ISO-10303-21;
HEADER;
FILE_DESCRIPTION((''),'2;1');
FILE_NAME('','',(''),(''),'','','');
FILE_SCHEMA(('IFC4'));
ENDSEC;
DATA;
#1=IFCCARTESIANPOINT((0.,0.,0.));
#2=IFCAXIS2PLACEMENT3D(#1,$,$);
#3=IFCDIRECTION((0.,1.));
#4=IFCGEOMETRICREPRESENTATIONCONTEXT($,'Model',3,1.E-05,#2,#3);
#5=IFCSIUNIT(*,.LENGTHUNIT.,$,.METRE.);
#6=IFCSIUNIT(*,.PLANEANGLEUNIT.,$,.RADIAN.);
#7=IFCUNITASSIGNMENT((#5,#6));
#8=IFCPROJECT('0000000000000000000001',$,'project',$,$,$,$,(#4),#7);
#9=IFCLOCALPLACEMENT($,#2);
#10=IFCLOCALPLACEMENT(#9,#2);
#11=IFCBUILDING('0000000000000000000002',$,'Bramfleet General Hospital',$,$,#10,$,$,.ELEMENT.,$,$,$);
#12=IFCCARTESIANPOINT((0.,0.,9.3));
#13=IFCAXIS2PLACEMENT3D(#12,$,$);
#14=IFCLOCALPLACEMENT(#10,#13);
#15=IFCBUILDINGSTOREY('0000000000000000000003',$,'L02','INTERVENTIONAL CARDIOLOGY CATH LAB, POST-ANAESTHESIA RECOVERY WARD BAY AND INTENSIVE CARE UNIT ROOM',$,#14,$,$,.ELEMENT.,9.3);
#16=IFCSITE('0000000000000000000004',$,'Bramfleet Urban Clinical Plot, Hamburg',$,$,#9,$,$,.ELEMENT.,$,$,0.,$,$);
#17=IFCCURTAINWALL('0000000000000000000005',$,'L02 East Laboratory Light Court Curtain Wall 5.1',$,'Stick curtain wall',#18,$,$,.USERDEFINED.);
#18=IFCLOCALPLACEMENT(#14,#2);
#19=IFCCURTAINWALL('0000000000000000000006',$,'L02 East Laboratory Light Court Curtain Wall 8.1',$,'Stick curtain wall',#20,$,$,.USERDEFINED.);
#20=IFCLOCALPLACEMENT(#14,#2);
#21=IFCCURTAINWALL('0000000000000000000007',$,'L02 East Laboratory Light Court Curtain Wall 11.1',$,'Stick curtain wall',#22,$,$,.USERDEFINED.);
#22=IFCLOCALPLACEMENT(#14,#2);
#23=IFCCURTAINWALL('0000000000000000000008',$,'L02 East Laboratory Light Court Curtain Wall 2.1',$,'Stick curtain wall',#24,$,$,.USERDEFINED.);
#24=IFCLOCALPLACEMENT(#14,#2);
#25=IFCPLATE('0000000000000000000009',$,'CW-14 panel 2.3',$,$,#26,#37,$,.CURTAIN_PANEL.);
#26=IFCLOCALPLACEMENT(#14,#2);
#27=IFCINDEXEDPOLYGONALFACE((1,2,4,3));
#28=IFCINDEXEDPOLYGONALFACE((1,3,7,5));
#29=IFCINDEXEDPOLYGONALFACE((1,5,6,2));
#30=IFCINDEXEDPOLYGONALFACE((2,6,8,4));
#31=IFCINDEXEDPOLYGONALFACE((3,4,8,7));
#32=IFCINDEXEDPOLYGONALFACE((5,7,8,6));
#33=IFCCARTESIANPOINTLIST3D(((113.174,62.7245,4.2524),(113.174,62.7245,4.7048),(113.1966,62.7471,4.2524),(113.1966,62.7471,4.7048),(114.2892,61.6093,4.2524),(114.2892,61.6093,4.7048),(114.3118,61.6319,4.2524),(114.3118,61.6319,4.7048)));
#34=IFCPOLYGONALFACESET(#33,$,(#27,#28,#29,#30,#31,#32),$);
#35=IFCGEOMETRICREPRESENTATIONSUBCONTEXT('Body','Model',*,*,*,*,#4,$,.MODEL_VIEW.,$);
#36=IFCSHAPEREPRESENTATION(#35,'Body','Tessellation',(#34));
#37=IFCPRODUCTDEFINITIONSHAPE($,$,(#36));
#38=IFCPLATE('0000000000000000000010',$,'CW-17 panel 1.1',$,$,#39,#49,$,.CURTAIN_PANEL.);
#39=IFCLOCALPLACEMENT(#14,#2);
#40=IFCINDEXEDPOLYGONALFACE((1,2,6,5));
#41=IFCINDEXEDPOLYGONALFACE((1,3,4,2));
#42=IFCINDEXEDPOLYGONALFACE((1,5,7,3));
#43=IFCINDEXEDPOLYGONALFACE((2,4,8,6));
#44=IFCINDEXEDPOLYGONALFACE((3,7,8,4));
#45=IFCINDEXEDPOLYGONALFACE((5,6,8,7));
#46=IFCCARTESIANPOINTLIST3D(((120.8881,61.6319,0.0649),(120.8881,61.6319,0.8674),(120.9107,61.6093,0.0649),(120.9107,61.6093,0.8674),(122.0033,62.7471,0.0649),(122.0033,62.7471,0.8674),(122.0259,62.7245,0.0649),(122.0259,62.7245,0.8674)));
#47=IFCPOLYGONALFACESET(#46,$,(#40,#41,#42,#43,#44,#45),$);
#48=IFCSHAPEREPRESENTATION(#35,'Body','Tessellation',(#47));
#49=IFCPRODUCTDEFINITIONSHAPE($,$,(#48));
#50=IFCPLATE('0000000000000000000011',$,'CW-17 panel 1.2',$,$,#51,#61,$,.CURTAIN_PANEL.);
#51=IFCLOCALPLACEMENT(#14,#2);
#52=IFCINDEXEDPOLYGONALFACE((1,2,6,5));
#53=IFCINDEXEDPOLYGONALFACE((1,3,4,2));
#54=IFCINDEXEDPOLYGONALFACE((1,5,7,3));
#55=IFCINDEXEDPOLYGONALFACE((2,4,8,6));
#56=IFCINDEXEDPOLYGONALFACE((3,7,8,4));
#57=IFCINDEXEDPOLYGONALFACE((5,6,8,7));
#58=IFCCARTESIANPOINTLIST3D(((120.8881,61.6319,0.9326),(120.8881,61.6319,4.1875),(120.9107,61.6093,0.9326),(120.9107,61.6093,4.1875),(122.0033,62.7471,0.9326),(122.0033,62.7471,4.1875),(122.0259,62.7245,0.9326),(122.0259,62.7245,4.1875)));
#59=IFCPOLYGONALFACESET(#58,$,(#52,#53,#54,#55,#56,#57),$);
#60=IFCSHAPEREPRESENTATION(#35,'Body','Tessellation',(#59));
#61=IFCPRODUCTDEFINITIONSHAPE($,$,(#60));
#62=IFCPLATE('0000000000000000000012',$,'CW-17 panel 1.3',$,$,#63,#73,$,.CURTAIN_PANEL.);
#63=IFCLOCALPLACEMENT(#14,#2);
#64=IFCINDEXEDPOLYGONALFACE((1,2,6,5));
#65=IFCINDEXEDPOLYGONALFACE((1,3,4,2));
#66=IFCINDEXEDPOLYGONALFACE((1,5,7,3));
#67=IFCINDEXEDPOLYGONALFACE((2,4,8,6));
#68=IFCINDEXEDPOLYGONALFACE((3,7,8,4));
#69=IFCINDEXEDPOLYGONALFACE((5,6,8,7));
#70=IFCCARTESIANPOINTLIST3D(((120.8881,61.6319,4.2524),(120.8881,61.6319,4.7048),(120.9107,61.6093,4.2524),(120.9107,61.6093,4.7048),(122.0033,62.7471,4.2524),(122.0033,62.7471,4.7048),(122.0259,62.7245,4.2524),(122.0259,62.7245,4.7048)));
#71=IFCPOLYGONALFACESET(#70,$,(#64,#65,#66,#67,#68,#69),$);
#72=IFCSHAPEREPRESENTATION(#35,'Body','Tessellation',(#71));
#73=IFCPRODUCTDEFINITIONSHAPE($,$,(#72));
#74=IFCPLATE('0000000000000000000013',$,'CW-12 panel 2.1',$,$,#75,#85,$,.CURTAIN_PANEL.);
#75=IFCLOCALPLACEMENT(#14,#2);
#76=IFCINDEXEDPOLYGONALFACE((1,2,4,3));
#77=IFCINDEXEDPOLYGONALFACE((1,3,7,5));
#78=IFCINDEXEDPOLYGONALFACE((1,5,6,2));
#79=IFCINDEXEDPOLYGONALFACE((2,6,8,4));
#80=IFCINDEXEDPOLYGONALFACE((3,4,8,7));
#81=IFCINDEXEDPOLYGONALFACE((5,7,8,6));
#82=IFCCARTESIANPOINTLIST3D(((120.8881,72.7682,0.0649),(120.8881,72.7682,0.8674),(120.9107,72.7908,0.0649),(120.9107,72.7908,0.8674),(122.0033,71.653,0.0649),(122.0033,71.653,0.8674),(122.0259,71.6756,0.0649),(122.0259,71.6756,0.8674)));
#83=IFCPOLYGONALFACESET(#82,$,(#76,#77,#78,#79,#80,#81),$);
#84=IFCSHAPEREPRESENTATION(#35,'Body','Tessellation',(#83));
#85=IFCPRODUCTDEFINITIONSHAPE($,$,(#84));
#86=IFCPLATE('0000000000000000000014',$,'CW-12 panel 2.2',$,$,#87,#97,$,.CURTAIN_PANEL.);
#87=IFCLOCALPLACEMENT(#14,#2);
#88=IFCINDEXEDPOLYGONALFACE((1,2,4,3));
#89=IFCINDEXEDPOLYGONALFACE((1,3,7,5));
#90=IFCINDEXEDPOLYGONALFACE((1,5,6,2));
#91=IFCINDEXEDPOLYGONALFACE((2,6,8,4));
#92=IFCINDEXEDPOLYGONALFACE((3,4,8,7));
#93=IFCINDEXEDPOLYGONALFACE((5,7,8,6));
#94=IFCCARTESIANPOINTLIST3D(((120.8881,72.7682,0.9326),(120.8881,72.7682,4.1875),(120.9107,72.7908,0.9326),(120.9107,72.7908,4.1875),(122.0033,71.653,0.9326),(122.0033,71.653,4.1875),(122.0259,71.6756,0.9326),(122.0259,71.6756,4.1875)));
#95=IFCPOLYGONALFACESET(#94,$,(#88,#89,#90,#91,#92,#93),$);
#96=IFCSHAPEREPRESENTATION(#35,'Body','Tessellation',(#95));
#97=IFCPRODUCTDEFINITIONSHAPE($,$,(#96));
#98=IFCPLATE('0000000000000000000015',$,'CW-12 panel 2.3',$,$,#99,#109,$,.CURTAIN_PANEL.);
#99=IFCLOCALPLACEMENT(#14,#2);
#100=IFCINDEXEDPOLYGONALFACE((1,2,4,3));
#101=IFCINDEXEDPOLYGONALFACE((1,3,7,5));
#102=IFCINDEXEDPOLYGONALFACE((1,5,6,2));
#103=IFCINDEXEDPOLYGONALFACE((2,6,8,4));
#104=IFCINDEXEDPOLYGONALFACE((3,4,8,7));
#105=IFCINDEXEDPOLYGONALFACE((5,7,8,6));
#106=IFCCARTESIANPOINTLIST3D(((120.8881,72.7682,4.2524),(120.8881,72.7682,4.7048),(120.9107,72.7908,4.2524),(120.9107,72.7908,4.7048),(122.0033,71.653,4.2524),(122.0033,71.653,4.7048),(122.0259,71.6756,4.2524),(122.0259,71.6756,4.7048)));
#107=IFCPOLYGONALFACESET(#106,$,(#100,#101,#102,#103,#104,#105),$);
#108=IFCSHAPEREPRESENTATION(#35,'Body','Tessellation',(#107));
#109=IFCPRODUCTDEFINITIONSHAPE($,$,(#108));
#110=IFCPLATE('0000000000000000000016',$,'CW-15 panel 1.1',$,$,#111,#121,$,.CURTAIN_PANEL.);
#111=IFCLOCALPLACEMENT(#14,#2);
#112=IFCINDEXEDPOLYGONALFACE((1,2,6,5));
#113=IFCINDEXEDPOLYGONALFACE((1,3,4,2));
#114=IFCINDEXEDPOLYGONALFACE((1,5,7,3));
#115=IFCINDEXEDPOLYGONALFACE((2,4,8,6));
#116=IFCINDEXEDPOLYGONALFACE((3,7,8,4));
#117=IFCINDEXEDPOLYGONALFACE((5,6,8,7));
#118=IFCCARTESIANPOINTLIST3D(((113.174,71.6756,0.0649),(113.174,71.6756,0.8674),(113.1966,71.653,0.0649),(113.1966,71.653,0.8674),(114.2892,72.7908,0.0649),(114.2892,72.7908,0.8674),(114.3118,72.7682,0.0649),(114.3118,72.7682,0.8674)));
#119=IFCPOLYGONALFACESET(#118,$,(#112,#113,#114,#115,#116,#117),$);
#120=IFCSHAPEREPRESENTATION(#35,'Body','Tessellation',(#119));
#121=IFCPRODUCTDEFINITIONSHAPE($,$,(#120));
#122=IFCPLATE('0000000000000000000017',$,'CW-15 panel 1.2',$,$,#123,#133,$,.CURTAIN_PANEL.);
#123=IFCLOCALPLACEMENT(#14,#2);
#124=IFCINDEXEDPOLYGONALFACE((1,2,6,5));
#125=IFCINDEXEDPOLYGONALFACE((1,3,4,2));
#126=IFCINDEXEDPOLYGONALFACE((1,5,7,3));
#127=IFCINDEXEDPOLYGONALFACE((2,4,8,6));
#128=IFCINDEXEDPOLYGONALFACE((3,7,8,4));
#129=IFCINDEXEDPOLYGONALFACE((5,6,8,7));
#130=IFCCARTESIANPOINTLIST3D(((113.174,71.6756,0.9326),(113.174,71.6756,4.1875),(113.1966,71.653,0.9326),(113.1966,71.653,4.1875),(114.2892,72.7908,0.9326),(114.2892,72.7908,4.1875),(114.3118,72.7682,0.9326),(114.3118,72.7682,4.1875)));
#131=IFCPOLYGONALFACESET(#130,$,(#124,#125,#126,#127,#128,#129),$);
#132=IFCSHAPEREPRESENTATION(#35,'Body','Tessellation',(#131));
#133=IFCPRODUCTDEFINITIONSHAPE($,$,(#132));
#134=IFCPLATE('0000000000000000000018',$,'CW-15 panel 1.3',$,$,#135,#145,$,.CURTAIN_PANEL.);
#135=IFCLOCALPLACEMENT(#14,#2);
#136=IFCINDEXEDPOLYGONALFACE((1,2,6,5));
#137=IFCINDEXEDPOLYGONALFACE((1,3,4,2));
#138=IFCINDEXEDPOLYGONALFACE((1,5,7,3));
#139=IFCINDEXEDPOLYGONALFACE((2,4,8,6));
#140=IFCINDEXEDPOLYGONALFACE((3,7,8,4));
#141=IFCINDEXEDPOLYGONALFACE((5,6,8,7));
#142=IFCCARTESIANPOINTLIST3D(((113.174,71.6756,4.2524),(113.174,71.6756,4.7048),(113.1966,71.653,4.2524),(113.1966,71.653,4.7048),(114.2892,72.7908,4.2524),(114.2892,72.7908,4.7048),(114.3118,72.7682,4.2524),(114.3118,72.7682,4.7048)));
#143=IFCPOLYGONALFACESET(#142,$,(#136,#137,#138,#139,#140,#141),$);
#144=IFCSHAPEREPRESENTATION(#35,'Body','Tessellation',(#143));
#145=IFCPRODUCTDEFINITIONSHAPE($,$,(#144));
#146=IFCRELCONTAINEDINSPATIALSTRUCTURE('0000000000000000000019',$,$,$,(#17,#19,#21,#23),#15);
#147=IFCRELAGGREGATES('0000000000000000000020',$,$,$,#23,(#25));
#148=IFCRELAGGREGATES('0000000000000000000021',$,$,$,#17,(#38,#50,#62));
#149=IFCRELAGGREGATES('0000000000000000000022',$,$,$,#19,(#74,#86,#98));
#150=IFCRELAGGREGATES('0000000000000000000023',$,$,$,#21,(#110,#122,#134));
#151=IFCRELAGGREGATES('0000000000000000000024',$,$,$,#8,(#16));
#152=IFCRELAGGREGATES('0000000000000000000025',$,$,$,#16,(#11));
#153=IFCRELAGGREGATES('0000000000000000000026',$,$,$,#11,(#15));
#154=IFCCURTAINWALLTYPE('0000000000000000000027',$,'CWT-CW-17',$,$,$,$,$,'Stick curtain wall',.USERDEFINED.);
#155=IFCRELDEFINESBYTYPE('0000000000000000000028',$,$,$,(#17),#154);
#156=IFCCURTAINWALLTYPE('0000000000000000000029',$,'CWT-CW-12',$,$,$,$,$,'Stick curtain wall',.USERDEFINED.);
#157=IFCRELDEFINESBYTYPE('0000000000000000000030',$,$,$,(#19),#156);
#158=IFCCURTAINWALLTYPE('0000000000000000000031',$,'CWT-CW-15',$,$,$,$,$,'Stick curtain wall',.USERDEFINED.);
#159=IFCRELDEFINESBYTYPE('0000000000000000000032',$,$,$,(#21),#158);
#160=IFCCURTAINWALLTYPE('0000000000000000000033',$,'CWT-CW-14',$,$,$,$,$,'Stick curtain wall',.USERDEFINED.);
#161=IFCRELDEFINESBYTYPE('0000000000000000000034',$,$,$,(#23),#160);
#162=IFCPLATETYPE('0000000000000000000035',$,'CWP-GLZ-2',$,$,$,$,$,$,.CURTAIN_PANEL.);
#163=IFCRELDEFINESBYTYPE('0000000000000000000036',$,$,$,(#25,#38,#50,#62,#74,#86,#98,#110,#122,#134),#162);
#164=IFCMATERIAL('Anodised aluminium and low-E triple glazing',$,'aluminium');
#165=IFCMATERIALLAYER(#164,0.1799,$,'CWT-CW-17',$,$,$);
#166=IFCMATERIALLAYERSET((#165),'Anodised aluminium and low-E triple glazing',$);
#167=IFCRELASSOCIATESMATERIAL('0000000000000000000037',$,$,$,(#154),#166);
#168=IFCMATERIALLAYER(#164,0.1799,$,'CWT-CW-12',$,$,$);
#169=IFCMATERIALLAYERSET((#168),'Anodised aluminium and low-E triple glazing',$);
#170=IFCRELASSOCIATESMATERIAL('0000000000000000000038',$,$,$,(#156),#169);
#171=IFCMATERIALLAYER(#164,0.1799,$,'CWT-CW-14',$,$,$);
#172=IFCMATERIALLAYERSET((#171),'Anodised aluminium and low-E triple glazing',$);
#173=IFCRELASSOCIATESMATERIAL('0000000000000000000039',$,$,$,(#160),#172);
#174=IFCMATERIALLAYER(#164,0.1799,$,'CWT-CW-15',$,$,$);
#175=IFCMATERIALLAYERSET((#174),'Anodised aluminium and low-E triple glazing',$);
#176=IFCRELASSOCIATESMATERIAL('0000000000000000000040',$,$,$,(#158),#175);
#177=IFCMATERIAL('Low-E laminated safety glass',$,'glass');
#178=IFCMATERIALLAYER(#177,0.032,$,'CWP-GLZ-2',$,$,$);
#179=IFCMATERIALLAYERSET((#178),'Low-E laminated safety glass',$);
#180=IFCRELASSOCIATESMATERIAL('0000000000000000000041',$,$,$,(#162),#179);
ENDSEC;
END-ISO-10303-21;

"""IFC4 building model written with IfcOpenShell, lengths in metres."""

from ifc_helpers import new_model, si_unit, direction, frame, origin, origin_2d, place, context, subcontext, project, spatial, rectangle, extrude, material, layer, layer_set, type_object, element, aggregate, save


model = new_model("IFC4")

# Units and contexts
model_context = context("Model", 3, precision=1e-05, world=origin(), true_north=direction((0.0, 1.0)))
body_context = subcontext(model_context, "Body", "Model", "MODEL_VIEW")
ifc_project = project(units=[si_unit("LENGTHUNIT", "METRE"), si_unit("PLANEANGLEUNIT", "RADIAN")], contexts=[model_context])

# Site, building, storey
site_placement = place(None, origin())
site = spatial("IfcSite", under=ifc_project, at=site_placement, Name="Bramfleet Urban Clinical Plot, Hamburg", CompositionType="ELEMENT", RefElevation=0.0)
building_placement = place(site_placement, origin())
building = spatial("IfcBuilding", under=site, at=building_placement, Name="Bramfleet General Hospital", CompositionType="ELEMENT")
storey_placement = place(building_placement, frame((0.0, 0.0, 9.3)))
storey = spatial("IfcBuildingStorey", under=building, at=storey_placement, Name="L02", Description="INTERVENTIONAL CARDIOLOGY CATH LAB, POST-ANAESTHESIA RECOVERY WARD BAY AND INTENSIVE CARE UNIT ROOM", CompositionType="ELEMENT", Elevation=9.3)

# Curtain walls
ifc_material_1 = material(Name="Anodised aluminium and low-E triple glazing", Category="aluminium")
ifc_layer_1 = layer(ifc_material_1, 0.1799, Name="CWT-CW-17")
ifc_layer_set_1 = layer_set([ifc_layer_1], Name="Anodised aluminium and low-E triple glazing")
curtain_wall_type_1 = type_object("IfcCurtainWallType", Name="CWT-CW-17", ElementType="Stick curtain wall", PredefinedType="USERDEFINED", material=ifc_layer_set_1)
curtain_wall_1_placement = place(storey_placement, origin())
curtain_wall_1 = element("IfcCurtainWall", 1, at=curtain_wall_1_placement, inside=storey, type_object=curtain_wall_type_1, Name="L02 East Laboratory Light Court Curtain Wall 5.1", ObjectType="Stick curtain wall", PredefinedType="USERDEFINED")
ifc_layer_2 = layer(ifc_material_1, 0.1799, Name="CWT-CW-12")
ifc_layer_set_2 = layer_set([ifc_layer_2], Name="Anodised aluminium and low-E triple glazing")
curtain_wall_type_2 = type_object("IfcCurtainWallType", Name="CWT-CW-12", ElementType="Stick curtain wall", PredefinedType="USERDEFINED", material=ifc_layer_set_2)
curtain_wall_2_placement = place(storey_placement, origin())
curtain_wall_2 = element("IfcCurtainWall", 2, at=curtain_wall_2_placement, inside=storey, type_object=curtain_wall_type_2, Name="L02 East Laboratory Light Court Curtain Wall 8.1", ObjectType="Stick curtain wall", PredefinedType="USERDEFINED")
ifc_layer_3 = layer(ifc_material_1, 0.1799, Name="CWT-CW-14")
ifc_layer_set_3 = layer_set([ifc_layer_3], Name="Anodised aluminium and low-E triple glazing")
curtain_wall_type_3 = type_object("IfcCurtainWallType", Name="CWT-CW-14", ElementType="Stick curtain wall", PredefinedType="USERDEFINED", material=ifc_layer_set_3)
ifc_layer_4 = layer(ifc_material_1, 0.1799, Name="CWT-CW-15")
ifc_layer_set_4 = layer_set([ifc_layer_4], Name="Anodised aluminium and low-E triple glazing")
curtain_wall_type_4 = type_object("IfcCurtainWallType", Name="CWT-CW-15", ElementType="Stick curtain wall", PredefinedType="USERDEFINED", material=ifc_layer_set_4)
curtain_wall_3_placement = place(storey_placement, origin())
curtain_wall_3 = element("IfcCurtainWall", 3, at=curtain_wall_3_placement, inside=storey, type_object=curtain_wall_type_4, Name="L02 East Laboratory Light Court Curtain Wall 11.1", ObjectType="Stick curtain wall", PredefinedType="USERDEFINED")

# Curtain wall
curtain_wall_4_placement = place(storey_placement, origin())
curtain_wall_4 = element("IfcCurtainWall", 4, at=curtain_wall_4_placement, inside=storey, type_object=curtain_wall_type_3, Name="L02 East Laboratory Light Court Curtain Wall 2.1", ObjectType="Stick curtain wall", PredefinedType="USERDEFINED")

# Plates
ifc_material_2 = material(Name="Low-E laminated safety glass", Category="glass")
ifc_layer_5 = layer(ifc_material_2, 0.032, Name="CWP-GLZ-2")
ifc_layer_set_5 = layer_set([ifc_layer_5], Name="Low-E laminated safety glass")
plate_type = type_object("IfcPlateType", Name="CWP-GLZ-2", PredefinedType="CURTAIN_PANEL", material=ifc_layer_set_5)
plate_1_placement = place(storey_placement, frame((113.7429, 62.1782, 4.2524), z_axis=(0.0, 0.0, 1.0), x_axis=(0.707107, -0.707107, 0.0)))
plate_1 = element("IfcPlate", 5, at=plate_1_placement, type_object=plate_type, Name="CW-14 panel 2.3", PredefinedType="CURTAIN_PANEL", context=body_context, shape_type="SweptSolid", body=[
    extrude(rectangle(XDim=1.5771, YDim=0.032, at=origin_2d()), origin(), (0.0, 0.0, 1.0), 0.4524),
])
aggregate(curtain_wall_4, [plate_1])
plate_2_placement = place(storey_placement, frame((121.457, 62.1782, 0.0649), z_axis=(0.0, 0.0, 1.0), x_axis=(0.707107, 0.707107, 0.0)))
plate_2 = element("IfcPlate", 6, at=plate_2_placement, type_object=plate_type, Name="CW-17 panel 1.1", PredefinedType="CURTAIN_PANEL", context=body_context, shape_type="SweptSolid", body=[
    extrude(rectangle(XDim=1.5771, YDim=0.032, at=origin_2d()), origin(), (0.0, 0.0, 1.0), 0.8025),
])
plate_3_placement = place(storey_placement, frame((121.457, 62.1782, 0.9326), z_axis=(0.0, 0.0, 1.0), x_axis=(0.707107, 0.707107, 0.0)))
plate_3 = element("IfcPlate", 7, at=plate_3_placement, type_object=plate_type, Name="CW-17 panel 1.2", PredefinedType="CURTAIN_PANEL", context=body_context, shape_type="SweptSolid", body=[
    extrude(rectangle(XDim=1.5771, YDim=0.032, at=origin_2d()), origin(), (0.0, 0.0, 1.0), 3.2549),
])
plate_4_placement = place(storey_placement, frame((121.457, 62.1782, 4.2524), z_axis=(0.0, 0.0, 1.0), x_axis=(0.707107, 0.707107, 0.0)))
plate_4 = element("IfcPlate", 8, at=plate_4_placement, type_object=plate_type, Name="CW-17 panel 1.3", PredefinedType="CURTAIN_PANEL", context=body_context, shape_type="SweptSolid", body=[
    extrude(rectangle(XDim=1.5771, YDim=0.032, at=origin_2d()), origin(), (0.0, 0.0, 1.0), 0.4524),
])
aggregate(curtain_wall_1, [plate_2, plate_3, plate_4])
plate_5_placement = place(storey_placement, frame((121.457, 72.2219, 0.0649), z_axis=(0.0, 0.0, 1.0), x_axis=(-0.707107, 0.707107, 0.0)))
plate_5 = element("IfcPlate", 9, at=plate_5_placement, type_object=plate_type, Name="CW-12 panel 2.1", PredefinedType="CURTAIN_PANEL", context=body_context, shape_type="SweptSolid", body=[
    extrude(rectangle(XDim=1.5771, YDim=0.032, at=origin_2d()), origin(), (0.0, 0.0, 1.0), 0.8025),
])
plate_6_placement = place(storey_placement, frame((121.457, 72.2219, 0.9326), z_axis=(0.0, 0.0, 1.0), x_axis=(-0.707107, 0.707107, 0.0)))
plate_6 = element("IfcPlate", 10, at=plate_6_placement, type_object=plate_type, Name="CW-12 panel 2.2", PredefinedType="CURTAIN_PANEL", context=body_context, shape_type="SweptSolid", body=[
    extrude(rectangle(XDim=1.5771, YDim=0.032, at=origin_2d()), origin(), (0.0, 0.0, 1.0), 3.2549),
])
plate_7_placement = place(storey_placement, frame((121.457, 72.2219, 4.2524), z_axis=(0.0, 0.0, 1.0), x_axis=(-0.707107, 0.707107, 0.0)))
plate_7 = element("IfcPlate", 11, at=plate_7_placement, type_object=plate_type, Name="CW-12 panel 2.3", PredefinedType="CURTAIN_PANEL", context=body_context, shape_type="SweptSolid", body=[
    extrude(rectangle(XDim=1.5771, YDim=0.032, at=origin_2d()), origin(), (0.0, 0.0, 1.0), 0.4524),
])
aggregate(curtain_wall_2, [plate_5, plate_6, plate_7])
plate_8_placement = place(storey_placement, frame((113.7429, 72.2219, 0.0649), z_axis=(0.0, 0.0, 1.0), x_axis=(-0.707107, -0.707107, 0.0)))
plate_8 = element("IfcPlate", 12, at=plate_8_placement, type_object=plate_type, Name="CW-15 panel 1.1", PredefinedType="CURTAIN_PANEL", context=body_context, shape_type="SweptSolid", body=[
    extrude(rectangle(XDim=1.5771, YDim=0.032, at=origin_2d()), origin(), (0.0, 0.0, 1.0), 0.8025),
])
plate_9_placement = place(storey_placement, frame((113.7429, 72.2219, 0.9326), z_axis=(0.0, 0.0, 1.0), x_axis=(-0.707107, -0.707107, 0.0)))
plate_9 = element("IfcPlate", 13, at=plate_9_placement, type_object=plate_type, Name="CW-15 panel 1.2", PredefinedType="CURTAIN_PANEL", context=body_context, shape_type="SweptSolid", body=[
    extrude(rectangle(XDim=1.5771, YDim=0.032, at=origin_2d()), origin(), (0.0, 0.0, 1.0), 3.2549),
])
plate_10_placement = place(storey_placement, frame((113.7429, 72.2219, 4.2524), z_axis=(0.0, 0.0, 1.0), x_axis=(-0.707107, -0.707107, 0.0)))
plate_10 = element("IfcPlate", 14, at=plate_10_placement, type_object=plate_type, Name="CW-15 panel 1.3", PredefinedType="CURTAIN_PANEL", context=body_context, shape_type="SweptSolid", body=[
    extrude(rectangle(XDim=1.5771, YDim=0.032, at=origin_2d()), origin(), (0.0, 0.0, 1.0), 0.4524),
])
aggregate(curtain_wall_3, [plate_8, plate_9, plate_10])

save(model, "model.ifc")
